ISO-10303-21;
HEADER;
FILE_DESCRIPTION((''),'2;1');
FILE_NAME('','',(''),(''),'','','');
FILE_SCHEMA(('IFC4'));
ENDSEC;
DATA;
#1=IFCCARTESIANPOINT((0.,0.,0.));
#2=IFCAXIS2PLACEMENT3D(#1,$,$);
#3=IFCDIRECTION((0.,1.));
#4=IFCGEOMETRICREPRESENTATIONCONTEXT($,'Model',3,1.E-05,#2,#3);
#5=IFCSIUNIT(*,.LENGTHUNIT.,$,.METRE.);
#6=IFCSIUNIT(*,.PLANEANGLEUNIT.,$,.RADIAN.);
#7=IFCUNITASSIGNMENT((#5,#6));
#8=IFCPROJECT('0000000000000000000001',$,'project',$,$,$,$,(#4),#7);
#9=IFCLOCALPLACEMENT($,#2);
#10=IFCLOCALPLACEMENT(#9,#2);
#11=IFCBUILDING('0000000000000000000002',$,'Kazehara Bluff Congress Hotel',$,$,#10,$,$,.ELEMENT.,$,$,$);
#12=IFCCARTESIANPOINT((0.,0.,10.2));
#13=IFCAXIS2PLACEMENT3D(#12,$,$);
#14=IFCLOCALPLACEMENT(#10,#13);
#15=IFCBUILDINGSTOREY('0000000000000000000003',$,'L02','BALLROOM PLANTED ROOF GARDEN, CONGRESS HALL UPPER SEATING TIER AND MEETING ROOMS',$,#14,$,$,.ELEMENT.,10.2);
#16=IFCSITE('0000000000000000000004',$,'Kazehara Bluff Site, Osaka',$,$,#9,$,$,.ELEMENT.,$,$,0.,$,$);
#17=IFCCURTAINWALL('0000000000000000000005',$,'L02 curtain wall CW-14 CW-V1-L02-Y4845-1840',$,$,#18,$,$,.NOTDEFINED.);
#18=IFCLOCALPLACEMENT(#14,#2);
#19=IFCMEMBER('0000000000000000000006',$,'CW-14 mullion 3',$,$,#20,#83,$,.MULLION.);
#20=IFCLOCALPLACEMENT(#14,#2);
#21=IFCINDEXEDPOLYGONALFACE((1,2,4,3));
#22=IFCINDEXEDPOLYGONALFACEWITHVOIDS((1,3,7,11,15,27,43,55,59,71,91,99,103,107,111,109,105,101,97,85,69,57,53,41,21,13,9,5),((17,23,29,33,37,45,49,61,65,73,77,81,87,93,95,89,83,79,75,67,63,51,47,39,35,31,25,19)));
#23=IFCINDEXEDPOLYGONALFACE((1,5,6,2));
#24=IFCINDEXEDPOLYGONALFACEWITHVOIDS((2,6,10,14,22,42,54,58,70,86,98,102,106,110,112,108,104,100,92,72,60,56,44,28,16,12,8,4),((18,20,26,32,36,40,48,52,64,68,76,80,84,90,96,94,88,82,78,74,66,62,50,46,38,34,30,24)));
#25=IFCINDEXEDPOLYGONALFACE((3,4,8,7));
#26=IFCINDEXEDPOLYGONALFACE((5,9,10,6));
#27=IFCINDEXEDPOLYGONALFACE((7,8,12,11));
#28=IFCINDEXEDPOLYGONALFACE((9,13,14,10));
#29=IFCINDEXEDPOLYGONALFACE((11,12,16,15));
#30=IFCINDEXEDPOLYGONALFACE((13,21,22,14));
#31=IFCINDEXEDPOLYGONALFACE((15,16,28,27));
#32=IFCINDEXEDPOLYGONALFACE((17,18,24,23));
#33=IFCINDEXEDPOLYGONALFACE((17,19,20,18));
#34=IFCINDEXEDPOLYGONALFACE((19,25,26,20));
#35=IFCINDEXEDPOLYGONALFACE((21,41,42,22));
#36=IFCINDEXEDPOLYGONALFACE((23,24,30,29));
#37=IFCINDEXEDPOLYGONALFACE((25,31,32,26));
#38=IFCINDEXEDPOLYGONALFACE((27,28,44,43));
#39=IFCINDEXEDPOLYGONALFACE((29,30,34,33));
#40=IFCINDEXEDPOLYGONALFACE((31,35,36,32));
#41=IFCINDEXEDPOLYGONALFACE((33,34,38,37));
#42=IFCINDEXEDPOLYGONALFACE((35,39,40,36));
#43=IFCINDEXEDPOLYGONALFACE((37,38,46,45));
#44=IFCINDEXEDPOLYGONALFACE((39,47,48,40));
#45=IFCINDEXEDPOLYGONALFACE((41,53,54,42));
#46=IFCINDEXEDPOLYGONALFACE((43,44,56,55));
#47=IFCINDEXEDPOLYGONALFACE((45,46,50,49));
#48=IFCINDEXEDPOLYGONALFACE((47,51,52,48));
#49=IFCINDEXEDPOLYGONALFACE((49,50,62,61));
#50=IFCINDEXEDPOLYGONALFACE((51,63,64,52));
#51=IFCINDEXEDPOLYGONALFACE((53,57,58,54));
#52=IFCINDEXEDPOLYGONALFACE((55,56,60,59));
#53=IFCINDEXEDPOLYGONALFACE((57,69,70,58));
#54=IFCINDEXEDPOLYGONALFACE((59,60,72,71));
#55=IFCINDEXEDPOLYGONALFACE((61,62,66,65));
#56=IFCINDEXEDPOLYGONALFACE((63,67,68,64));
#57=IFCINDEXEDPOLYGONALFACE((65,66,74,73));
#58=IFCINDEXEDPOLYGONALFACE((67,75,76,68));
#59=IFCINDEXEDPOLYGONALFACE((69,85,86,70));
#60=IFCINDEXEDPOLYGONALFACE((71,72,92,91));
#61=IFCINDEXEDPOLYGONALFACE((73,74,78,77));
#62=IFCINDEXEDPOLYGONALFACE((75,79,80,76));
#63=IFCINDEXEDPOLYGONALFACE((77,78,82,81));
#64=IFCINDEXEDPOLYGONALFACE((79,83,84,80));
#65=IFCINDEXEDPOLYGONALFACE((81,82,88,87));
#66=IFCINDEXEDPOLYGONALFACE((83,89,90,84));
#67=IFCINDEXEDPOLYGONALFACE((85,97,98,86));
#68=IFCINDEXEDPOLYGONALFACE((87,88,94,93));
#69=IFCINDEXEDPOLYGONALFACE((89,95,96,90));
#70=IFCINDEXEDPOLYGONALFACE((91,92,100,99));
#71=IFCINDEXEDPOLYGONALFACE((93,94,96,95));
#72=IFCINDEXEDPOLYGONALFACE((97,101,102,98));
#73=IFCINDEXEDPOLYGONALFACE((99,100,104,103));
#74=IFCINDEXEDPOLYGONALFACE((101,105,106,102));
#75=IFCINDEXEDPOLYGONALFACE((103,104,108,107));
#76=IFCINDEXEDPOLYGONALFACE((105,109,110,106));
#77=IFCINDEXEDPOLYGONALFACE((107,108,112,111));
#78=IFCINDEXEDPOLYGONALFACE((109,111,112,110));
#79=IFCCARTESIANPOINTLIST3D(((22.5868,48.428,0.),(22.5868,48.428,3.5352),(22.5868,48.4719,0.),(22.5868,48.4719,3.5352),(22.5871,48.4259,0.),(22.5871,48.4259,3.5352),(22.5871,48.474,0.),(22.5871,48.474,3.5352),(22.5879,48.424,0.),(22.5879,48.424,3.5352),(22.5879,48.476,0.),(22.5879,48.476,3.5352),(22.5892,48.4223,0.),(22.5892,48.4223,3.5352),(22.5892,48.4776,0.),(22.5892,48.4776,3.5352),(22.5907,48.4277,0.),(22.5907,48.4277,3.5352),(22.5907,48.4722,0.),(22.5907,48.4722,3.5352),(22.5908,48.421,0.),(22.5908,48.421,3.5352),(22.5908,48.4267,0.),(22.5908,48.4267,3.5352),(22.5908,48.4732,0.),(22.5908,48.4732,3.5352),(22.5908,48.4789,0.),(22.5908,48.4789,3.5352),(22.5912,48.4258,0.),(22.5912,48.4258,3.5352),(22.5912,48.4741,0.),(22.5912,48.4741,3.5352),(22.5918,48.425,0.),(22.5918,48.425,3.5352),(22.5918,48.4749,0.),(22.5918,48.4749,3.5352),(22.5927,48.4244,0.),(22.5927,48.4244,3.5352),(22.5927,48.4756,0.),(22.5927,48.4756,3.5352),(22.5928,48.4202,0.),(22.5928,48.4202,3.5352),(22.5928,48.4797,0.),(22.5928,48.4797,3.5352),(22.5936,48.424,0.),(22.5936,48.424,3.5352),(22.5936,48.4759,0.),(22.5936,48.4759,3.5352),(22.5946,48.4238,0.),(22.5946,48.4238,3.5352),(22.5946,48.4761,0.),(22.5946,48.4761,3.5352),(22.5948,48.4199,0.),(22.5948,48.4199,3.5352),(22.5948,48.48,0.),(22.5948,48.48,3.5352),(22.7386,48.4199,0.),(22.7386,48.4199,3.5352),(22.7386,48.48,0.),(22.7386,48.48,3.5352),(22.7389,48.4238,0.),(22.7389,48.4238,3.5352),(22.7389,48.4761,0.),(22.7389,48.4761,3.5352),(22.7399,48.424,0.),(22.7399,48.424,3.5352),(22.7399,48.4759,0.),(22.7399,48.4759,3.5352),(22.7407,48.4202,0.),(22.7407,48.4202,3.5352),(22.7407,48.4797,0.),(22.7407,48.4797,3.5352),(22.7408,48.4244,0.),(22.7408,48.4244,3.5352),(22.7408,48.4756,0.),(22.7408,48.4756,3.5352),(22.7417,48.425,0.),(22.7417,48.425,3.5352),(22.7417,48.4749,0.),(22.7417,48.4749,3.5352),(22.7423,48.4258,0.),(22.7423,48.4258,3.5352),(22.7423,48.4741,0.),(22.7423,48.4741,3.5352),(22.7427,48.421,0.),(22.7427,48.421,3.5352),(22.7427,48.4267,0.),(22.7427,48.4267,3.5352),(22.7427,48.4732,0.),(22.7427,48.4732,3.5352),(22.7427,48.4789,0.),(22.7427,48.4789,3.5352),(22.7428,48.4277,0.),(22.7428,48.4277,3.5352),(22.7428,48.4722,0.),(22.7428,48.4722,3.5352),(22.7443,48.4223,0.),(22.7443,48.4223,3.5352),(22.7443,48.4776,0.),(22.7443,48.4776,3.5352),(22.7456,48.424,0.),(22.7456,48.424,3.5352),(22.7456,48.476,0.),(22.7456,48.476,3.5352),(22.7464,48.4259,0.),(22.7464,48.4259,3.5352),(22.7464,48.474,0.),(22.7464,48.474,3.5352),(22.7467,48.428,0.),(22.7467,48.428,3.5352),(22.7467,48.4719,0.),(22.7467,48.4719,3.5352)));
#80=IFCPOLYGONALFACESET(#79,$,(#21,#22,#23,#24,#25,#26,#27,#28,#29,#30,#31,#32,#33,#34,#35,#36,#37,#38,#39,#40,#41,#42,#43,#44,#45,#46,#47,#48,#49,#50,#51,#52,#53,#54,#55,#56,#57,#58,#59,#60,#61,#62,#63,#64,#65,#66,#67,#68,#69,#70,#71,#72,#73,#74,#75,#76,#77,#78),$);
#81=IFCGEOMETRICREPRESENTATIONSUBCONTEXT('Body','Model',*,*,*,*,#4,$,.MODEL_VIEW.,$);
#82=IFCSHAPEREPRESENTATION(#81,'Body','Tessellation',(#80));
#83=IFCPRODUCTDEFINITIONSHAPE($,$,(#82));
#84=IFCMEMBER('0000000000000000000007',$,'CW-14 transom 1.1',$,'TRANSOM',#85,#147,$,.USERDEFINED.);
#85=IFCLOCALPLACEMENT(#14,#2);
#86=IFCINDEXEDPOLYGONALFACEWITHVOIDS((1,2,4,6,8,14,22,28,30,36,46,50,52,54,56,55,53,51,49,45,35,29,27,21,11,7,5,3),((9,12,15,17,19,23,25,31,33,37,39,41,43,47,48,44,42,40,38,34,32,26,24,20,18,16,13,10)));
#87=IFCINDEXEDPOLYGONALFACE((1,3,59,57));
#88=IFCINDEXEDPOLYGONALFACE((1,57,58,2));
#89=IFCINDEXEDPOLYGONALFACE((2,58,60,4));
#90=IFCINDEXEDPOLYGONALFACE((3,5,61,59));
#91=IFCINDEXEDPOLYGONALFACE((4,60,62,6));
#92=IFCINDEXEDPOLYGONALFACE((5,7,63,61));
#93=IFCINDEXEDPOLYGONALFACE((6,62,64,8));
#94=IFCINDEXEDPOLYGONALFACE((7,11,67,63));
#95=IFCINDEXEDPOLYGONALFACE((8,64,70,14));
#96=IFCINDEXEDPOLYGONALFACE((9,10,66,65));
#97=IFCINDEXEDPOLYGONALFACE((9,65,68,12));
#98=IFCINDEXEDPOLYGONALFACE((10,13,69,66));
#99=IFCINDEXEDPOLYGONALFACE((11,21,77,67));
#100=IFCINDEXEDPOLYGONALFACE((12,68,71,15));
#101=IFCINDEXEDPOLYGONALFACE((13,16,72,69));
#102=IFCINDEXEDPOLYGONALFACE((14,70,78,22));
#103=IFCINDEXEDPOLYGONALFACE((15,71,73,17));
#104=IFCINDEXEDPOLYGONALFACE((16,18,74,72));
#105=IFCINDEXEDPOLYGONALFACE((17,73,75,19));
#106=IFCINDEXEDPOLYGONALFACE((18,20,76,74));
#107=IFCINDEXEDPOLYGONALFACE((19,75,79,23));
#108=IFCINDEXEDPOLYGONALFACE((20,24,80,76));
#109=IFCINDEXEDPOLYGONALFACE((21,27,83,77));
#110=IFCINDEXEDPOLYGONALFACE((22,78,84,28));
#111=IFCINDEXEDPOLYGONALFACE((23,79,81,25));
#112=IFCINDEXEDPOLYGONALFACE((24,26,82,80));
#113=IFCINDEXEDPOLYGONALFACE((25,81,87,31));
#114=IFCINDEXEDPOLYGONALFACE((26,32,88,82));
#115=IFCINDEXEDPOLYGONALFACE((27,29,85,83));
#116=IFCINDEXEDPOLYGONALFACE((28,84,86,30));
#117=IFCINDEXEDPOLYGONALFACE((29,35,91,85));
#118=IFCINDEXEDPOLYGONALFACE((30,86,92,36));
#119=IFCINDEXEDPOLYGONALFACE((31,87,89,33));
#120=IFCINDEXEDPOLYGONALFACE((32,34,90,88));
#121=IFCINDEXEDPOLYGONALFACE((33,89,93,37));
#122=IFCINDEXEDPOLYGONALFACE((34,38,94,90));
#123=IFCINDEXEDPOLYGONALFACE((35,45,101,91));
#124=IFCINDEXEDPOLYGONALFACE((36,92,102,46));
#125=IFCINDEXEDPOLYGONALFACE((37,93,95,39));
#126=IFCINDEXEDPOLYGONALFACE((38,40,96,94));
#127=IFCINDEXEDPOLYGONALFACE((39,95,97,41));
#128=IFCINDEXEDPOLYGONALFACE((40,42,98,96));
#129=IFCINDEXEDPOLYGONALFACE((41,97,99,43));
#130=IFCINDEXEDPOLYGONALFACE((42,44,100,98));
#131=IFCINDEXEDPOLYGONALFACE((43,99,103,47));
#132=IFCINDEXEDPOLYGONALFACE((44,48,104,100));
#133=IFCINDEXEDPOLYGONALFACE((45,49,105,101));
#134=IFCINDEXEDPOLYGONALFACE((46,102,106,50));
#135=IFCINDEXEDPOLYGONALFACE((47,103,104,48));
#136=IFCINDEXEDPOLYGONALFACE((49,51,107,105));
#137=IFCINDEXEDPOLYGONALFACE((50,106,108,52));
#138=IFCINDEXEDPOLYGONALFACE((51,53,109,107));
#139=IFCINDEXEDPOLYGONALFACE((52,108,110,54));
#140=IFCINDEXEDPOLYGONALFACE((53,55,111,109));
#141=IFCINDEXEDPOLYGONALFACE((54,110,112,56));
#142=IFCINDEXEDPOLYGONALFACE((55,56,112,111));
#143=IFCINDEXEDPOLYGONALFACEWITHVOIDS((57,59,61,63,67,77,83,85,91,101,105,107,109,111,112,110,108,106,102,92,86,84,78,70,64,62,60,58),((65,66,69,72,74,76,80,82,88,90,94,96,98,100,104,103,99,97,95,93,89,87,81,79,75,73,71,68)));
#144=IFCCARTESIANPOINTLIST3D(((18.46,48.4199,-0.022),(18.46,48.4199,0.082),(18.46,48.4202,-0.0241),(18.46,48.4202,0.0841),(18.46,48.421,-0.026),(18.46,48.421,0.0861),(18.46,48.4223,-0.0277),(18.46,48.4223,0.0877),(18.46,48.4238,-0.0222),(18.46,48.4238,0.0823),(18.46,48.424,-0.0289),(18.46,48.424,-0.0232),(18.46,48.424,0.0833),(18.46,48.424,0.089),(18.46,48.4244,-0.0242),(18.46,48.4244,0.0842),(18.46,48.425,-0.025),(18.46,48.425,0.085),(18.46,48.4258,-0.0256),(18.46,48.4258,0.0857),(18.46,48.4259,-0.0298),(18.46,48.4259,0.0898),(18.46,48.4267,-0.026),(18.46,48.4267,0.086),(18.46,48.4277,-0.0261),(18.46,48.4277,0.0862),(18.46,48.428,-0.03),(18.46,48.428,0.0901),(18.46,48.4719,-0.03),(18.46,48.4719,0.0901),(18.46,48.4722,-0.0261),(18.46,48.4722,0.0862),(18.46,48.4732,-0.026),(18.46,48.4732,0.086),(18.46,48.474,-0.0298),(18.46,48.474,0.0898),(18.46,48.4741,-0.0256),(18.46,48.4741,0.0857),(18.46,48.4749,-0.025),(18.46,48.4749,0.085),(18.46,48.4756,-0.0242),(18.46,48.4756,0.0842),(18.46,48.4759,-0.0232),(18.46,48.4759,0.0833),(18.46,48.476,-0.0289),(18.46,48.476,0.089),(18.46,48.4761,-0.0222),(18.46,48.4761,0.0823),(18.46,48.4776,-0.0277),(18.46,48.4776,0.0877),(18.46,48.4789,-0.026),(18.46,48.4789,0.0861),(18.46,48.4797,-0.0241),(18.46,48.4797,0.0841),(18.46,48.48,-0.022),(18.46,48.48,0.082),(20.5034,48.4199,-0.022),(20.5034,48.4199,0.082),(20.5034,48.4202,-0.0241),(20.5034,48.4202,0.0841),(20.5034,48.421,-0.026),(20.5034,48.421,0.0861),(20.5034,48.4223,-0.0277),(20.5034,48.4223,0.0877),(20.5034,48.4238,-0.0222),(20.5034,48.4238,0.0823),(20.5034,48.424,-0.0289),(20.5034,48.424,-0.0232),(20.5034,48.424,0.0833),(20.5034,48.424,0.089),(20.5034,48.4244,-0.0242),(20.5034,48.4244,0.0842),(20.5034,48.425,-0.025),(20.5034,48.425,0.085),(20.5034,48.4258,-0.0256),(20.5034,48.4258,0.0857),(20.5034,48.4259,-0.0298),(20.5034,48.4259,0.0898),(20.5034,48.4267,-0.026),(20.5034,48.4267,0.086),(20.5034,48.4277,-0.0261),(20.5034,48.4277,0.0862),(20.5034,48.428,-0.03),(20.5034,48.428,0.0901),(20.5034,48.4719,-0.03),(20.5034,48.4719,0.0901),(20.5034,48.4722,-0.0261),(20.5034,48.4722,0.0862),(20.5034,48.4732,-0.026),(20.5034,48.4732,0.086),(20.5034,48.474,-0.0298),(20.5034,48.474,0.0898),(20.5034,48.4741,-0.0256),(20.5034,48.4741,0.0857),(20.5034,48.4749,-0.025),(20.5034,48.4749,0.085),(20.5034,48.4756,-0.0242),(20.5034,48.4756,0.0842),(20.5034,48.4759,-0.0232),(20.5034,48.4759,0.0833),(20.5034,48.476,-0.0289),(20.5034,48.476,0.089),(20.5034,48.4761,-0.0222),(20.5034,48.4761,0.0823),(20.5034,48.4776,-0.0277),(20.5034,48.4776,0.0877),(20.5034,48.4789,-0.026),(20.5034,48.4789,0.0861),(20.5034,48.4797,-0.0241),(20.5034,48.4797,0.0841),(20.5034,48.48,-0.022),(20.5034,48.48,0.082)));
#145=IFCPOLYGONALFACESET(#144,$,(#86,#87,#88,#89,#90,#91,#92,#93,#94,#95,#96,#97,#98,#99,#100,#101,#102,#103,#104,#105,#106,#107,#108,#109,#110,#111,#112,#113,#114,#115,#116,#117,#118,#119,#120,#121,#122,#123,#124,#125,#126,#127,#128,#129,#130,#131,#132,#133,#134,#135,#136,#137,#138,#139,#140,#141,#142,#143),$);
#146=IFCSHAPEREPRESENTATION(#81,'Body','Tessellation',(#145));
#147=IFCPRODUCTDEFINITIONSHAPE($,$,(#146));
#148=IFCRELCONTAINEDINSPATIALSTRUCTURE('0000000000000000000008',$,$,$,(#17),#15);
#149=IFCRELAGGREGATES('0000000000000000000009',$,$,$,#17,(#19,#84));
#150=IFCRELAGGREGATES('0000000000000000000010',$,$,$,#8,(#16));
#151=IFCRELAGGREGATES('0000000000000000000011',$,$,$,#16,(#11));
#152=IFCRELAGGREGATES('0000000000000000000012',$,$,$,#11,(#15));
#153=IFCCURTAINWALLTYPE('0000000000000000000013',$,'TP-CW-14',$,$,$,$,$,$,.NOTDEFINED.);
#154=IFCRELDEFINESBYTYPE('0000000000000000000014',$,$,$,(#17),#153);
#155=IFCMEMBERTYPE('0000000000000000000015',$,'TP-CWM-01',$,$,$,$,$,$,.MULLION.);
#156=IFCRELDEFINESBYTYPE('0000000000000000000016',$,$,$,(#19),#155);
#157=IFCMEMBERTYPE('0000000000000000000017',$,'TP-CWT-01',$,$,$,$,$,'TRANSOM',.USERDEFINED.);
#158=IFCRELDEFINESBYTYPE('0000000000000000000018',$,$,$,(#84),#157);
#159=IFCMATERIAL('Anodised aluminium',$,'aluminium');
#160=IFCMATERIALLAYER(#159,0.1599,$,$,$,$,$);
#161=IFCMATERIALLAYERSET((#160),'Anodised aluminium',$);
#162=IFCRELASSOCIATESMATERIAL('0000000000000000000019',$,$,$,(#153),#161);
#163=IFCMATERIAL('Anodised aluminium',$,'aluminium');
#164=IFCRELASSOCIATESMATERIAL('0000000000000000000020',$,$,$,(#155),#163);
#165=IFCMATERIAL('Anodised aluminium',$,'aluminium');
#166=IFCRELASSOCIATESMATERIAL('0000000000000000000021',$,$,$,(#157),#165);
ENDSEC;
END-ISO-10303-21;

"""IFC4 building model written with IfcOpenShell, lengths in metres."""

from ifc_helpers import new_model, si_unit, direction, frame, origin, origin_2d, place, context, subcontext, project, spatial, hollow_rectangle, extrude, material, layer, layer_set, material_profile, profile_set, type_object, element, aggregate, save


model = new_model("IFC4")

# Units and contexts
model_context = context("Model", 3, precision=1e-05, world=origin(), true_north=direction((0.0, 1.0)))
body_context = subcontext(model_context, "Body", "Model", "MODEL_VIEW")
ifc_project = project(units=[si_unit("LENGTHUNIT", "METRE"), si_unit("PLANEANGLEUNIT", "RADIAN")], contexts=[model_context])

# Site, building, storey
site_placement = place(None, origin())
site = spatial("IfcSite", under=ifc_project, at=site_placement, Name="Kazehara Bluff Site, Osaka", CompositionType="ELEMENT", RefElevation=0.0)
building_placement = place(site_placement, origin())
building = spatial("IfcBuilding", under=site, at=building_placement, Name="Kazehara Bluff Congress Hotel", CompositionType="ELEMENT")
storey_placement = place(building_placement, frame((0.0, 0.0, 10.2)))
storey = spatial("IfcBuildingStorey", under=building, at=storey_placement, Name="L02", Description="BALLROOM PLANTED ROOF GARDEN, CONGRESS HALL UPPER SEATING TIER AND MEETING ROOMS", CompositionType="ELEMENT", Elevation=10.2)

# Curtain wall, members
ifc_material_1 = material(Name="Anodised aluminium", Category="aluminium")
ifc_layer_1 = layer(ifc_material_1, 0.1599)
ifc_layer_set_1 = layer_set([ifc_layer_1], Name="Anodised aluminium")
curtain_wall_type = type_object("IfcCurtainWallType", Name="TP-CW-14", PredefinedType="NOTDEFINED", material=ifc_layer_set_1)
curtain_wall_placement = place(storey_placement, origin())
curtain_wall = element("IfcCurtainWall", 1, at=curtain_wall_placement, inside=storey, type_object=curtain_wall_type, Name="L02 curtain wall CW-14 CW-V1-L02-Y4845-1840", PredefinedType="NOTDEFINED")
ifc_material_2 = material(Name="Anodised aluminium", Category="aluminium")
ifc_material_profile_1 = material_profile(ifc_material_2, hollow_rectangle(XDim=0.0601, YDim=0.1599, WallThickness=0.0039, InnerFilletRadius=0.0039, OuterFilletRadius=0.0081, at=origin_2d()))
ifc_profile_set_1 = profile_set([ifc_material_profile_1], Name="Anodised aluminium")
member_type_1 = type_object("IfcMemberType", Name="TP-CWM-01", PredefinedType="MULLION", material=ifc_profile_set_1)
member_1_placement = place(storey_placement, frame((22.6667, 48.45, 0.0), z_axis=(0.0, 0.0, 1.0), x_axis=(0.0, 1.0, 0.0)))
member_1 = element("IfcMember", 2, at=member_1_placement, type_object=member_type_1, Name="CW-14 mullion 3", PredefinedType="MULLION", context=body_context, shape_type="SweptSolid", body=[
    extrude(hollow_rectangle(XDim=0.0601, YDim=0.1599, WallThickness=0.0039, InnerFilletRadius=0.0039, OuterFilletRadius=0.0081, at=origin_2d()), origin(), (0.0, 0.0, 1.0), 3.5352),
])
ifc_material_3 = material(Name="Anodised aluminium", Category="aluminium")
ifc_material_profile_2 = material_profile(ifc_material_3, hollow_rectangle(XDim=0.0601, YDim=0.1201, WallThickness=0.0039, InnerFilletRadius=0.0039, OuterFilletRadius=0.0081, at=origin_2d()))
ifc_profile_set_2 = profile_set([ifc_material_profile_2], Name="Anodised aluminium")
member_type_2 = type_object("IfcMemberType", Name="TP-CWT-01", ElementType="TRANSOM", PredefinedType="USERDEFINED", material=ifc_profile_set_2)
member_2_placement = place(storey_placement, frame((18.46, 48.45, 0.03), z_axis=(1.0, 0.0, 0.0), x_axis=(0.0, 1.0, 0.0)))
member_2 = element("IfcMember", 3, at=member_2_placement, type_object=member_type_2, Name="CW-14 transom 1.1", ObjectType="TRANSOM", PredefinedType="USERDEFINED", context=body_context, shape_type="SweptSolid", body=[
    extrude(hollow_rectangle(XDim=0.0601, YDim=0.1201, WallThickness=0.0039, InnerFilletRadius=0.0039, OuterFilletRadius=0.0081, at=origin_2d()), origin(), (0.0, 0.0, 1.0), 2.0435),
])
aggregate(curtain_wall, [member_1, member_2])

save(model, "model.ifc")
